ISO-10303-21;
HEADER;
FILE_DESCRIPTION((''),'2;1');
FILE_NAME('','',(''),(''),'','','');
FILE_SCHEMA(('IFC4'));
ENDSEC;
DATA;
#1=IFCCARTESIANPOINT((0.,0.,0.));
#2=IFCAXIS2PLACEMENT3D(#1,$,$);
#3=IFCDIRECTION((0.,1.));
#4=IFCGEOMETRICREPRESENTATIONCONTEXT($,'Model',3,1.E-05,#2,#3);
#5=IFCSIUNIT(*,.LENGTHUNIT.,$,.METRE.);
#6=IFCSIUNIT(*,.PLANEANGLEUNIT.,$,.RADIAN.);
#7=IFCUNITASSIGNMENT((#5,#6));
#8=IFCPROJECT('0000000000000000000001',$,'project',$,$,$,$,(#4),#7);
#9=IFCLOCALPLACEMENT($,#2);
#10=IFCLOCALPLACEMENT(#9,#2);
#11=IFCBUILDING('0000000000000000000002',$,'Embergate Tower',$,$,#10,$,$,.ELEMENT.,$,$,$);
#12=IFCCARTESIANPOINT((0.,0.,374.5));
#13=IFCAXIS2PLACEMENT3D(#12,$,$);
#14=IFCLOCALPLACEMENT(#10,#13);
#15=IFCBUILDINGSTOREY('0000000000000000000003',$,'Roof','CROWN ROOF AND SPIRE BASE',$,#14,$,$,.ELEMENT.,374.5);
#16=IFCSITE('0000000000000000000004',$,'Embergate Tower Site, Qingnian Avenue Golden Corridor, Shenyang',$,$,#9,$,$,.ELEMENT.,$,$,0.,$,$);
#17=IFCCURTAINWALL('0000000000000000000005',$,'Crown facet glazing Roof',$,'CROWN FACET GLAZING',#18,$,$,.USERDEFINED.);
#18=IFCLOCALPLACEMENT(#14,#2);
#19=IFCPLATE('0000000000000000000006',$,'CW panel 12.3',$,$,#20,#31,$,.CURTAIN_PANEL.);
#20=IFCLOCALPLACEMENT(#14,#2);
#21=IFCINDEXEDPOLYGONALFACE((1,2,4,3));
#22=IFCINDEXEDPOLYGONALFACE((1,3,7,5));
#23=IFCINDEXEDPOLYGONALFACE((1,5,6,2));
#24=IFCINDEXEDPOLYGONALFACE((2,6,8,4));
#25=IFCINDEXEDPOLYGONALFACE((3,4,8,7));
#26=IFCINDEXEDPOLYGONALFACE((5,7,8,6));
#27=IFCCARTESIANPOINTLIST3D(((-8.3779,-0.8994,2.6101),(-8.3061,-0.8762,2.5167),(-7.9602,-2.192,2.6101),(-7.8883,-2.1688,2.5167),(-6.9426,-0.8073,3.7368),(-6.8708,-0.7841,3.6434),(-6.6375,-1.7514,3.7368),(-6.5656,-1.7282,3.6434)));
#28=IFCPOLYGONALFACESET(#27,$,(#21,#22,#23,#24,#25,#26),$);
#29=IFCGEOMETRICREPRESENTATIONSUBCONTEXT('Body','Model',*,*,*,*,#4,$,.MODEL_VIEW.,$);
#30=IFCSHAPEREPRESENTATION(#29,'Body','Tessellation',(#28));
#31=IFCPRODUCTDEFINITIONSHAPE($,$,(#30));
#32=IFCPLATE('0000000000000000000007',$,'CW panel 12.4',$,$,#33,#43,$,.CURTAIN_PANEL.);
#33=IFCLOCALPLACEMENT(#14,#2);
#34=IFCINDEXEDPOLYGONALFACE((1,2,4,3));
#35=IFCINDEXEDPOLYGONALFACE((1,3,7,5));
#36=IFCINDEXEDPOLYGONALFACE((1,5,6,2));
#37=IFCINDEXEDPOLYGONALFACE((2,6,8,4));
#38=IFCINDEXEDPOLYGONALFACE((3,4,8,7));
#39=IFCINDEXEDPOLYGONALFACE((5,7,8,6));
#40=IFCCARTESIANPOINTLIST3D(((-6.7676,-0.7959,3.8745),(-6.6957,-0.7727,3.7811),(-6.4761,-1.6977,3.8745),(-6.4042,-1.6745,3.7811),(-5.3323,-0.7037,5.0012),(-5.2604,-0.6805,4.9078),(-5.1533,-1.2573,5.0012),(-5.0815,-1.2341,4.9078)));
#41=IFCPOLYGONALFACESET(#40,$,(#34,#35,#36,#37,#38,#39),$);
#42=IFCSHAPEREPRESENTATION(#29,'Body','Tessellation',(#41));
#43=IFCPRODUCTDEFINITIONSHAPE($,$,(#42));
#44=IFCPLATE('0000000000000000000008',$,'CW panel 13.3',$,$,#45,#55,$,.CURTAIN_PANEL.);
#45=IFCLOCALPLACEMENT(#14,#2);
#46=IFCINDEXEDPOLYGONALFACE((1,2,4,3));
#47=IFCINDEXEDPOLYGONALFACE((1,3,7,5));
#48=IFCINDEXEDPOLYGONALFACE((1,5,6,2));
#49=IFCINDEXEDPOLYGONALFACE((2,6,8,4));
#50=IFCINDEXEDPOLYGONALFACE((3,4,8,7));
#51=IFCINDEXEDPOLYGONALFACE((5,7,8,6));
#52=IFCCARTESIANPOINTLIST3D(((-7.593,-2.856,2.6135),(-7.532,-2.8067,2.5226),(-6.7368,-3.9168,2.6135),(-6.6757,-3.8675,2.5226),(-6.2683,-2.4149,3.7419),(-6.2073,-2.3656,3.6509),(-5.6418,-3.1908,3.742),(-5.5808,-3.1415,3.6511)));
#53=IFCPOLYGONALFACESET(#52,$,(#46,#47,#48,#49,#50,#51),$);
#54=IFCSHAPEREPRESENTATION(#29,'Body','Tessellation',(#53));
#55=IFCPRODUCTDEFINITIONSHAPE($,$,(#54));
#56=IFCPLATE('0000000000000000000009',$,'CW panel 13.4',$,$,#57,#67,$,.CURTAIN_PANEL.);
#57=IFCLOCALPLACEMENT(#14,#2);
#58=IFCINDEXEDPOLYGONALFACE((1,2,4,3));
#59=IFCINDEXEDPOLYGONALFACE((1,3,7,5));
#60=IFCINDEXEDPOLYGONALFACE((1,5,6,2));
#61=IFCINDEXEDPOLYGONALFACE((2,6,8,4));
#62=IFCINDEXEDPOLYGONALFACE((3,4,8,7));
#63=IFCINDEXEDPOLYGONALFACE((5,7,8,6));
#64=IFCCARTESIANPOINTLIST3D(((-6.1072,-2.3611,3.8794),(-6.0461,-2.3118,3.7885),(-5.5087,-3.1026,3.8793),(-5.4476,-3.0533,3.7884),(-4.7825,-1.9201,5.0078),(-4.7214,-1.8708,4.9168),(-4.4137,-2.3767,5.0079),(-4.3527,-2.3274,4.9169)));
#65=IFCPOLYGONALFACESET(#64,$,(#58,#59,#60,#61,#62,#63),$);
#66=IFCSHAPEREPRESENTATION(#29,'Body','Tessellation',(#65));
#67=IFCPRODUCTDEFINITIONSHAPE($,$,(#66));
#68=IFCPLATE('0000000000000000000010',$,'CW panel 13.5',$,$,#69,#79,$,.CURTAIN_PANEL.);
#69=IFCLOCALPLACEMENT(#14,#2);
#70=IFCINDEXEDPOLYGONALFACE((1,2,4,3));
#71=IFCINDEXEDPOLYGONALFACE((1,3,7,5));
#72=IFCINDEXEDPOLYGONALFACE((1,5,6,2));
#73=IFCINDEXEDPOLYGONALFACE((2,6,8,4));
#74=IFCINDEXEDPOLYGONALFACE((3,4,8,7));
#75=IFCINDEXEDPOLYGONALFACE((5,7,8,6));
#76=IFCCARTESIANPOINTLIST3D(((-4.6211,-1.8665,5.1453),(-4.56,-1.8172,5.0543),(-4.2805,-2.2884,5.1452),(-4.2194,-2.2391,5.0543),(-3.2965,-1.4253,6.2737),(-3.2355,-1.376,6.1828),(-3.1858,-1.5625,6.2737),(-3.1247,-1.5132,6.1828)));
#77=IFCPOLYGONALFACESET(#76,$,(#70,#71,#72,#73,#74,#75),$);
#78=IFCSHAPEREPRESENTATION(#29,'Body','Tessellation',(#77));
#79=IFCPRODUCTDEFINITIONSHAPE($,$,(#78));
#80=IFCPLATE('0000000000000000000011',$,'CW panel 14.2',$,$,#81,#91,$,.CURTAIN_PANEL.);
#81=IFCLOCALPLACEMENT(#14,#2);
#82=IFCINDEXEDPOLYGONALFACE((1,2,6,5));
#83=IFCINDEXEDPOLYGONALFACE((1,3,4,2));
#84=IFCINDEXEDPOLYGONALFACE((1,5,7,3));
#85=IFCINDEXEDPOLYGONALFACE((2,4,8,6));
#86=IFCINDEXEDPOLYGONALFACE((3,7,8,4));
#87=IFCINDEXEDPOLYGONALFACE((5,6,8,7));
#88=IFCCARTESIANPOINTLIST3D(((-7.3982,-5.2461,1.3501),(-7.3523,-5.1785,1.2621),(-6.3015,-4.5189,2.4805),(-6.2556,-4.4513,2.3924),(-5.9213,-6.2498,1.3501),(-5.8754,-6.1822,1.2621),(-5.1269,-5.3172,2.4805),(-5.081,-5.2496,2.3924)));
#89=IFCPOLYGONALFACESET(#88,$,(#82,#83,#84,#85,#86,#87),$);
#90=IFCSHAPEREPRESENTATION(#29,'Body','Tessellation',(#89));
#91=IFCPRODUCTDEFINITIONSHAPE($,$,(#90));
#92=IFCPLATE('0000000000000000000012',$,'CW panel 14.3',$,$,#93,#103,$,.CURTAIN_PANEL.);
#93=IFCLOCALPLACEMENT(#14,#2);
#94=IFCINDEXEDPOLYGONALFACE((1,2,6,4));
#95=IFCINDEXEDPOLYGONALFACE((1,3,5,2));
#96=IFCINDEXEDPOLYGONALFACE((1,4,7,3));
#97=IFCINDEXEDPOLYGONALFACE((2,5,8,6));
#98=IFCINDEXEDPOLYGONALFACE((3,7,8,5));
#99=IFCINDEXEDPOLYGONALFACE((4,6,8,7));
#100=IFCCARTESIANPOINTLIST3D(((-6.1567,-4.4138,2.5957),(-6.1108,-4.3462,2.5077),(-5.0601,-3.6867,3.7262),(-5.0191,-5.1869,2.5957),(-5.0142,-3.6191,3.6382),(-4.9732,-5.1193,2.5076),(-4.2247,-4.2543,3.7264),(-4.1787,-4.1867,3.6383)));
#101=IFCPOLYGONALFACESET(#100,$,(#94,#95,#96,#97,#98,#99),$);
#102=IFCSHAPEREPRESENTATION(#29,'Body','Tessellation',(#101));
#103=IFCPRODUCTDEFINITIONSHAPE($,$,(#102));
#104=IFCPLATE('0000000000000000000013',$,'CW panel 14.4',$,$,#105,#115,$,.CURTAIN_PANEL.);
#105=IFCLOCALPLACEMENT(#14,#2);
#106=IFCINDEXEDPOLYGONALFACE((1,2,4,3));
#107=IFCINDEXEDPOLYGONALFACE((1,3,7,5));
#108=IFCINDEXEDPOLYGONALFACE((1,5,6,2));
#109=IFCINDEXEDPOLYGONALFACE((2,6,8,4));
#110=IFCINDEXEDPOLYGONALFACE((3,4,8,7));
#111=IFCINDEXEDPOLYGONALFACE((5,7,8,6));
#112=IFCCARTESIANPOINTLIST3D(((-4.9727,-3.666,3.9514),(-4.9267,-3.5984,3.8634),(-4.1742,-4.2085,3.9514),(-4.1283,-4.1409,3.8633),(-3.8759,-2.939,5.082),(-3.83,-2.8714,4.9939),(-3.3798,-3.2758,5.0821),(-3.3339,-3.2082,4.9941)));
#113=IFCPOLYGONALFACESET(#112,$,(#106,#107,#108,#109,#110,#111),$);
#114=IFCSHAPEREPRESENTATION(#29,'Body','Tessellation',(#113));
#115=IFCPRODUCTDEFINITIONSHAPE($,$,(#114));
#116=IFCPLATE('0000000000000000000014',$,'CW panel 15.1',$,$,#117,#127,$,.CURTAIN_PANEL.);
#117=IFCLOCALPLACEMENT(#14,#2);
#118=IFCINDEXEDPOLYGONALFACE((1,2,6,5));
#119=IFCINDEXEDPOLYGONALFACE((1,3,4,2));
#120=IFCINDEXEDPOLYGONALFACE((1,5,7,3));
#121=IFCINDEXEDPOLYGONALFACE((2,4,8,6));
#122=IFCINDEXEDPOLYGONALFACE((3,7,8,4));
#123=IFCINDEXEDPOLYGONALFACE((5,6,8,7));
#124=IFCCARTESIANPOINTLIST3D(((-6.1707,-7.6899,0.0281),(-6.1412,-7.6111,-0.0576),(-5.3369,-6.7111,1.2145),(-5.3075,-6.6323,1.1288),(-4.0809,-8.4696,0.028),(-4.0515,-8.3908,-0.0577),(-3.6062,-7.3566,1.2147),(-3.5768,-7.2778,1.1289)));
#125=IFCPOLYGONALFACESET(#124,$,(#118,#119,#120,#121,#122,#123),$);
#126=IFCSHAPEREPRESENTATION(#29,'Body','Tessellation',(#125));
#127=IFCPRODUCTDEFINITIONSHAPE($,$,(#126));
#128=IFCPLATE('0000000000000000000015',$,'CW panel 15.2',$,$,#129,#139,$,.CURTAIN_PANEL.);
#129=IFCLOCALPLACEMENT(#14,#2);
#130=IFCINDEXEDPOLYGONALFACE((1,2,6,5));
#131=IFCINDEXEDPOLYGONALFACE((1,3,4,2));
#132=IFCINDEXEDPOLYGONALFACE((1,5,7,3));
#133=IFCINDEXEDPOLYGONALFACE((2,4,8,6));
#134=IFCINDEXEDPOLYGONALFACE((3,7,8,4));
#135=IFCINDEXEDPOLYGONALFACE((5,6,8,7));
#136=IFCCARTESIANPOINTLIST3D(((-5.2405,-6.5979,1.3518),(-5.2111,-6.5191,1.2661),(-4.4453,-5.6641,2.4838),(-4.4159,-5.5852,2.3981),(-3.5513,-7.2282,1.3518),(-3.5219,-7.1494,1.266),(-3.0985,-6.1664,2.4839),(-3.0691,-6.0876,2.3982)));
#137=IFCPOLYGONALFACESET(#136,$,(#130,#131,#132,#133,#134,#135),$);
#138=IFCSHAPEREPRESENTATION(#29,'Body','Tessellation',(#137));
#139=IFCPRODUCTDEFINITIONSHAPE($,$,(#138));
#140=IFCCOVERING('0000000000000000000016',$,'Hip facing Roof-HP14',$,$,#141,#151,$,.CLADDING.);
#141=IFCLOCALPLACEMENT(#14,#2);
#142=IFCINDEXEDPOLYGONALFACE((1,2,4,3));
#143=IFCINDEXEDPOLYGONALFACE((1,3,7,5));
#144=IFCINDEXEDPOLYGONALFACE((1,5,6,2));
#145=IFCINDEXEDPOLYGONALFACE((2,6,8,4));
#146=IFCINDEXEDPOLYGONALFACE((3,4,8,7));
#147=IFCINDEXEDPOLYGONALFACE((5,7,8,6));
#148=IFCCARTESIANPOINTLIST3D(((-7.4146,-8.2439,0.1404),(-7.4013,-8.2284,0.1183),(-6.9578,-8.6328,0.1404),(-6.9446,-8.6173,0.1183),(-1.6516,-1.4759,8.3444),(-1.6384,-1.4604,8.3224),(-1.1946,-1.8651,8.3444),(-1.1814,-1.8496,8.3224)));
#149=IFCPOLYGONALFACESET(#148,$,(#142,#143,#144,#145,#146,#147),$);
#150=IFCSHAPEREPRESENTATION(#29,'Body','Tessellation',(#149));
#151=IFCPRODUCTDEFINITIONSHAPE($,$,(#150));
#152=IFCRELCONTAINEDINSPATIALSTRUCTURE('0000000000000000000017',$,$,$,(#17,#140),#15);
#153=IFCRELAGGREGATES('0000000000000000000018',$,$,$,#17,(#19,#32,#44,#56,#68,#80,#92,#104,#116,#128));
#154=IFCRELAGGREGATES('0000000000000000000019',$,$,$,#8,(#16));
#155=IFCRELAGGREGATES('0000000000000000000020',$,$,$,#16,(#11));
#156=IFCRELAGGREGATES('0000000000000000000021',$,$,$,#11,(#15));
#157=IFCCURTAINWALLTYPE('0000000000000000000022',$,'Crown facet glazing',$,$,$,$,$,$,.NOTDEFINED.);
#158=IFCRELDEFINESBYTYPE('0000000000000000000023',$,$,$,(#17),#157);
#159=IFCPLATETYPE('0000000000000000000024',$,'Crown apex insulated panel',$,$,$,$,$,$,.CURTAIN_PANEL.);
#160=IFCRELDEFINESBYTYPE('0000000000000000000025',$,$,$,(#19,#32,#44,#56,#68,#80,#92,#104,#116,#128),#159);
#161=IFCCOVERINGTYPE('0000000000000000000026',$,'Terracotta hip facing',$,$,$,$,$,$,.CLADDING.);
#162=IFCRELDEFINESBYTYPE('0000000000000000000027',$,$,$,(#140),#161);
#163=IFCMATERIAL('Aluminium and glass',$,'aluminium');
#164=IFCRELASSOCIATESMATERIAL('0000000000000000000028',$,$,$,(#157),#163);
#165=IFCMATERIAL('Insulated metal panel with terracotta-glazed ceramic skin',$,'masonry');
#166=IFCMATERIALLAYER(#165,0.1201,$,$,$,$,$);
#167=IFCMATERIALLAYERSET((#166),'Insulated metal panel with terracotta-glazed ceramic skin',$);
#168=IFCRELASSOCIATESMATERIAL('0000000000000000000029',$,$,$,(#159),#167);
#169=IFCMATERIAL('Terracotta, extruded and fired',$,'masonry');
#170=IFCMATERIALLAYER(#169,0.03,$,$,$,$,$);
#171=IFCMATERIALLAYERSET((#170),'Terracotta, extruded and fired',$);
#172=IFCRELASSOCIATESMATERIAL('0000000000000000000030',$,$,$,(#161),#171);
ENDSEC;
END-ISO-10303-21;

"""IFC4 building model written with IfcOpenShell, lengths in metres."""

from ifc_helpers import new_model, si_unit, direction, frame, origin, place, context, subcontext, project, spatial, polyline, outline, extrude, source, transform, mapped, material, layer, layer_set, type_object, element, aggregate, save


model = new_model("IFC4")

# Units and contexts
model_context = context("Model", 3, precision=1e-05, world=origin(), true_north=direction((0.0, 1.0)))
body_context = subcontext(model_context, "Body", "Model", "MODEL_VIEW")
ifc_project = project(units=[si_unit("LENGTHUNIT", "METRE"), si_unit("PLANEANGLEUNIT", "RADIAN")], contexts=[model_context])

# Site, building, storey
site_placement = place(None, origin())
site = spatial("IfcSite", under=ifc_project, at=site_placement, Name="Embergate Tower Site, Qingnian Avenue Golden Corridor, Shenyang", CompositionType="ELEMENT", RefElevation=0.0)
building_placement = place(site_placement, origin())
building = spatial("IfcBuilding", under=site, at=building_placement, Name="Embergate Tower", CompositionType="ELEMENT")
storey_placement = place(building_placement, frame((0.0, 0.0, 374.5)))
storey = spatial("IfcBuildingStorey", under=building, at=storey_placement, Name="Roof", Description="CROWN ROOF AND SPIRE BASE", CompositionType="ELEMENT", Elevation=374.5)

# Curtain wall, plates
ifc_material_1 = material(Name="Aluminium and glass", Category="aluminium")
curtain_wall_type = type_object("IfcCurtainWallType", Name="Crown facet glazing", PredefinedType="NOTDEFINED", material=ifc_material_1)
curtain_wall_placement = place(storey_placement, origin())
curtain_wall = element("IfcCurtainWall", 1, at=curtain_wall_placement, inside=storey, type_object=curtain_wall_type, Name="Crown facet glazing Roof", ObjectType="CROWN FACET GLAZING", PredefinedType="USERDEFINED")
ifc_material_2 = material(Name="Insulated metal panel with terracotta-glazed ceramic skin", Category="masonry")
ifc_layer_1 = layer(ifc_material_2, 0.1201)
ifc_layer_set_1 = layer_set([ifc_layer_1], Name="Insulated metal panel with terracotta-glazed ceramic skin")
plate_type = type_object("IfcPlateType", Name="Crown apex insulated panel", PredefinedType="CURTAIN_PANEL", material=ifc_layer_set_1)
shared_shape_1 = source(origin(), body_context, "Body", "SweptSolid", [
    extrude(outline(polyline([(0.0, 0.0), (1.3584, 0.0), (1.3459, 1.7925), (0.3538, 1.7925), (0.0, 0.0)])), origin(), (0.0, 0.0, -1.0), 0.1201),
])
plate_1_placement = place(storey_placement, frame((-8.3779, -0.8994, 2.6101), z_axis=(-0.598117, -0.193322, 0.777742), x_axis=(0.307541, -0.951535, -0.00001)))
plate_1 = element("IfcPlate", 2, at=plate_1_placement, type_object=plate_type, Name="CW panel 12.3", PredefinedType="CURTAIN_PANEL", context=body_context, shape_type="MappedRepresentation", body=[
    mapped(shared_shape_1, transform((0.0, 0.0, 0.0))),
])
shared_shape_2 = source(origin(), body_context, "Body", "SweptSolid", [
    extrude(outline(polyline([(0.0, 0.0), (0.9478, 0.0), (0.9355, 1.7925), (0.3538, 1.7925), (0.0, 0.0)])), origin(), (0.0, 0.0, -1.0), 0.1201),
])
plate_2_placement = place(storey_placement, frame((-6.7676, -0.7959, 3.8745), z_axis=(-0.59811, -0.19335, 0.77774), x_axis=(0.307574, -0.951524, -0.000018)))
plate_2 = element("IfcPlate", 3, at=plate_2_placement, type_object=plate_type, Name="CW panel 12.4", PredefinedType="CURTAIN_PANEL", context=body_context, shape_type="MappedRepresentation", body=[
    mapped(shared_shape_2, transform((0.0, 0.0, 0.0))),
])
shared_shape_3 = source(origin(), body_context, "Body", "SweptSolid", [
    extrude(outline(polyline([(0.0, 0.0), (1.3633, 0.0), (1.4861, 1.7275), (0.4888, 1.7273), (0.0, 0.0)])), origin(), (0.0, 0.0, -1.0), 0.1201),
])
plate_3_placement = place(storey_placement, frame((-7.593, -2.856, 2.6135), z_axis=(-0.508317, -0.410288, 0.757151), x_axis=(0.628078, -0.778151, -0.000005)))
plate_3 = element("IfcPlate", 4, at=plate_3_placement, type_object=plate_type, Name="CW panel 13.3", PredefinedType="CURTAIN_PANEL", context=body_context, shape_type="MappedRepresentation", body=[
    mapped(shared_shape_3, transform((0.0, 0.0, 0.0))),
])
shared_shape_4 = source(origin(), body_context, "Body", "SweptSolid", [
    extrude(outline(polyline([(0.0, 0.0), (0.9529, 0.0), (1.0757, 1.7275), (0.4888, 1.7273), (0.0, 0.0)])), origin(), (0.0, 0.0, -1.0), 0.1201),
])
plate_4_placement = place(storey_placement, frame((-6.1072, -2.3611, 3.8794), z_axis=(-0.508321, -0.410324, 0.757129), x_axis=(0.628067, -0.77816, -0.00005)))
plate_4 = element("IfcPlate", 5, at=plate_4_placement, type_object=plate_type, Name="CW panel 13.4", PredefinedType="CURTAIN_PANEL", context=body_context, shape_type="MappedRepresentation", body=[
    mapped(shared_shape_4, transform((0.0, 0.0, 0.0))),
])
shared_shape_5 = source(origin(), body_context, "Body", "SweptSolid", [
    extrude(outline(polyline([(0.0, 0.0), (0.5422, 0.0), (0.665, 1.7273), (0.4888, 1.7273), (0.0, 0.0)])), origin(), (0.0, 0.0, -1.0), 0.1201),
])
plate_5_placement = place(storey_placement, frame((-4.6211, -1.8665, 5.1453), z_axis=(-0.508302, -0.410415, 0.757092), x_axis=(0.628175, -0.778072, -0.000039)))
plate_5 = element("IfcPlate", 6, at=plate_5_placement, type_object=plate_type, Name="CW panel 13.5", PredefinedType="CURTAIN_PANEL", context=body_context, shape_type="MappedRepresentation", body=[
    mapped(shared_shape_5, transform((0.0, 0.0, 0.0))),
])
shared_shape_6 = source(origin(), body_context, "Body", "SweptSolid", [
    extrude(outline(polyline([(0.0, 0.0), (1.7856, 0.0), (1.9185, 1.6616), (0.4983, 1.6616), (0.0, 0.0)])), origin(), (0.0, 0.0, -1.0), 0.1201),
])
plate_6_placement = place(storey_placement, frame((-7.3982, -5.2461, 1.3501), z_axis=(-0.382387, -0.562623, 0.732964), x_axis=(0.827068, -0.562102, 0.000011)))
plate_6 = element("IfcPlate", 7, at=plate_6_placement, type_object=plate_type, Name="CW panel 14.2", PredefinedType="CURTAIN_PANEL", context=body_context, shape_type="MappedRepresentation", body=[
    mapped(shared_shape_6, transform((0.0, 0.0, 0.0))),
])
shared_shape_7 = source(origin(), body_context, "Body", "SweptSolid", [
    extrude(outline(polyline([(0.0, 0.0), (1.3755, 0.0), (1.5083, 1.6619), (0.4983, 1.6616), (0.0, 0.0)])), origin(), (0.0, 0.0, -1.0), 0.1201),
])
plate_7_placement = place(storey_placement, frame((-6.1567, -4.4138, 2.5957), z_axis=(-0.382408, -0.56275, 0.732855), x_axis=(0.827089, -0.562071, -0.000027)))
plate_7 = element("IfcPlate", 8, at=plate_7_placement, type_object=plate_type, Name="CW panel 14.3", PredefinedType="CURTAIN_PANEL", context=body_context, shape_type="MappedRepresentation", body=[
    mapped(shared_shape_7, transform((0.0, 0.0, 0.0))),
])
shared_shape_8 = source(origin(), body_context, "Body", "SweptSolid", [
    extrude(outline(polyline([(0.0, 0.0), (0.9653, 0.0), (1.0981, 1.6619), (0.4985, 1.6616), (0.0, 0.0)])), origin(), (0.0, 0.0, -1.0), 0.1201),
])
plate_8_placement = place(storey_placement, frame((-4.9727, -3.666, 3.9514), z_axis=(-0.382349, -0.562803, 0.732845), x_axis=(0.82714, -0.561995, -0.000049)))
plate_8 = element("IfcPlate", 9, at=plate_8_placement, type_object=plate_type, Name="CW panel 14.4", PredefinedType="CURTAIN_PANEL", context=body_context, shape_type="MappedRepresentation", body=[
    mapped(shared_shape_8, transform((0.0, 0.0, 0.0))),
])
shared_shape_9 = source(origin(), body_context, "Body", "SweptSolid", [
    extrude(outline(polyline([(0.0, 0.0), (2.2305, 0.0), (2.2861, 1.6938), (0.439, 1.6936), (0.0, 0.0)])), origin(), (0.0, 0.0, -1.0), 0.1201),
])
plate_9_placement = place(storey_placement, frame((-6.1707, -7.6899, 0.0281), z_axis=(-0.244867, -0.656377, 0.713589), x_axis=(0.936914, -0.349559, -0.000032)))
plate_9 = element("IfcPlate", 10, at=plate_9_placement, type_object=plate_type, Name="CW panel 15.1", PredefinedType="CURTAIN_PANEL", context=body_context, shape_type="MappedRepresentation", body=[
    mapped(shared_shape_9, transform((0.0, 0.0, 0.0))),
])
shared_shape_10 = source(origin(), body_context, "Body", "SweptSolid", [
    extrude(outline(polyline([(0.0, 0.0), (1.803, 0.0), (1.856, 1.616), (0.4185, 1.6157), (0.0, 0.0)])), origin(), (0.0, 0.0, -1.0), 0.1201),
])
plate_10_placement = place(storey_placement, frame((-5.2405, -6.5979, 1.3518), z_axis=(-0.244912, -0.656405, 0.713548), x_axis=(0.9369, -0.349598, -0.000029)))
plate_10 = element("IfcPlate", 11, at=plate_10_placement, type_object=plate_type, Name="CW panel 15.2", PredefinedType="CURTAIN_PANEL", context=body_context, shape_type="MappedRepresentation", body=[
    mapped(shared_shape_10, transform((0.0, 0.0, 0.0))),
])
aggregate(curtain_wall, [plate_1, plate_2, plate_3, plate_4, plate_5, plate_6, plate_7, plate_8, plate_9, plate_10])

# Covering
ifc_material_3 = material(Name="Terracotta, extruded and fired", Category="masonry")
ifc_layer_2 = layer(ifc_material_3, 0.03)
ifc_layer_set_2 = layer_set([ifc_layer_2], Name="Terracotta, extruded and fired")
covering_type = type_object("IfcCoveringType", Name="Terracotta hip facing", PredefinedType="CLADDING", material=ifc_layer_set_2)
shared_shape_11 = source(origin(), body_context, "Body", "SweptSolid", [
    extrude(outline(polyline([(0.0, 0.0), (12.0964, 0.0), (12.0964, -0.6003), (0.0, -0.5999), (0.0, 0.0)])), origin(), (0.0, 0.0, -1.0), 0.03),
])
covering_placement = place(storey_placement, frame((-7.4146, -8.2439, 0.1404), z_axis=(-0.439685, -0.516392, 0.734858), x_axis=(0.476413, 0.559505, 0.678221)))
element("IfcCovering", 12, at=covering_placement, inside=storey, type_object=covering_type, Name="Hip facing Roof-HP14", PredefinedType="CLADDING", context=body_context, shape_type="MappedRepresentation", body=[
    mapped(shared_shape_11, transform((0.0, 0.0, 0.0))),
])

save(model, "model.ifc")
